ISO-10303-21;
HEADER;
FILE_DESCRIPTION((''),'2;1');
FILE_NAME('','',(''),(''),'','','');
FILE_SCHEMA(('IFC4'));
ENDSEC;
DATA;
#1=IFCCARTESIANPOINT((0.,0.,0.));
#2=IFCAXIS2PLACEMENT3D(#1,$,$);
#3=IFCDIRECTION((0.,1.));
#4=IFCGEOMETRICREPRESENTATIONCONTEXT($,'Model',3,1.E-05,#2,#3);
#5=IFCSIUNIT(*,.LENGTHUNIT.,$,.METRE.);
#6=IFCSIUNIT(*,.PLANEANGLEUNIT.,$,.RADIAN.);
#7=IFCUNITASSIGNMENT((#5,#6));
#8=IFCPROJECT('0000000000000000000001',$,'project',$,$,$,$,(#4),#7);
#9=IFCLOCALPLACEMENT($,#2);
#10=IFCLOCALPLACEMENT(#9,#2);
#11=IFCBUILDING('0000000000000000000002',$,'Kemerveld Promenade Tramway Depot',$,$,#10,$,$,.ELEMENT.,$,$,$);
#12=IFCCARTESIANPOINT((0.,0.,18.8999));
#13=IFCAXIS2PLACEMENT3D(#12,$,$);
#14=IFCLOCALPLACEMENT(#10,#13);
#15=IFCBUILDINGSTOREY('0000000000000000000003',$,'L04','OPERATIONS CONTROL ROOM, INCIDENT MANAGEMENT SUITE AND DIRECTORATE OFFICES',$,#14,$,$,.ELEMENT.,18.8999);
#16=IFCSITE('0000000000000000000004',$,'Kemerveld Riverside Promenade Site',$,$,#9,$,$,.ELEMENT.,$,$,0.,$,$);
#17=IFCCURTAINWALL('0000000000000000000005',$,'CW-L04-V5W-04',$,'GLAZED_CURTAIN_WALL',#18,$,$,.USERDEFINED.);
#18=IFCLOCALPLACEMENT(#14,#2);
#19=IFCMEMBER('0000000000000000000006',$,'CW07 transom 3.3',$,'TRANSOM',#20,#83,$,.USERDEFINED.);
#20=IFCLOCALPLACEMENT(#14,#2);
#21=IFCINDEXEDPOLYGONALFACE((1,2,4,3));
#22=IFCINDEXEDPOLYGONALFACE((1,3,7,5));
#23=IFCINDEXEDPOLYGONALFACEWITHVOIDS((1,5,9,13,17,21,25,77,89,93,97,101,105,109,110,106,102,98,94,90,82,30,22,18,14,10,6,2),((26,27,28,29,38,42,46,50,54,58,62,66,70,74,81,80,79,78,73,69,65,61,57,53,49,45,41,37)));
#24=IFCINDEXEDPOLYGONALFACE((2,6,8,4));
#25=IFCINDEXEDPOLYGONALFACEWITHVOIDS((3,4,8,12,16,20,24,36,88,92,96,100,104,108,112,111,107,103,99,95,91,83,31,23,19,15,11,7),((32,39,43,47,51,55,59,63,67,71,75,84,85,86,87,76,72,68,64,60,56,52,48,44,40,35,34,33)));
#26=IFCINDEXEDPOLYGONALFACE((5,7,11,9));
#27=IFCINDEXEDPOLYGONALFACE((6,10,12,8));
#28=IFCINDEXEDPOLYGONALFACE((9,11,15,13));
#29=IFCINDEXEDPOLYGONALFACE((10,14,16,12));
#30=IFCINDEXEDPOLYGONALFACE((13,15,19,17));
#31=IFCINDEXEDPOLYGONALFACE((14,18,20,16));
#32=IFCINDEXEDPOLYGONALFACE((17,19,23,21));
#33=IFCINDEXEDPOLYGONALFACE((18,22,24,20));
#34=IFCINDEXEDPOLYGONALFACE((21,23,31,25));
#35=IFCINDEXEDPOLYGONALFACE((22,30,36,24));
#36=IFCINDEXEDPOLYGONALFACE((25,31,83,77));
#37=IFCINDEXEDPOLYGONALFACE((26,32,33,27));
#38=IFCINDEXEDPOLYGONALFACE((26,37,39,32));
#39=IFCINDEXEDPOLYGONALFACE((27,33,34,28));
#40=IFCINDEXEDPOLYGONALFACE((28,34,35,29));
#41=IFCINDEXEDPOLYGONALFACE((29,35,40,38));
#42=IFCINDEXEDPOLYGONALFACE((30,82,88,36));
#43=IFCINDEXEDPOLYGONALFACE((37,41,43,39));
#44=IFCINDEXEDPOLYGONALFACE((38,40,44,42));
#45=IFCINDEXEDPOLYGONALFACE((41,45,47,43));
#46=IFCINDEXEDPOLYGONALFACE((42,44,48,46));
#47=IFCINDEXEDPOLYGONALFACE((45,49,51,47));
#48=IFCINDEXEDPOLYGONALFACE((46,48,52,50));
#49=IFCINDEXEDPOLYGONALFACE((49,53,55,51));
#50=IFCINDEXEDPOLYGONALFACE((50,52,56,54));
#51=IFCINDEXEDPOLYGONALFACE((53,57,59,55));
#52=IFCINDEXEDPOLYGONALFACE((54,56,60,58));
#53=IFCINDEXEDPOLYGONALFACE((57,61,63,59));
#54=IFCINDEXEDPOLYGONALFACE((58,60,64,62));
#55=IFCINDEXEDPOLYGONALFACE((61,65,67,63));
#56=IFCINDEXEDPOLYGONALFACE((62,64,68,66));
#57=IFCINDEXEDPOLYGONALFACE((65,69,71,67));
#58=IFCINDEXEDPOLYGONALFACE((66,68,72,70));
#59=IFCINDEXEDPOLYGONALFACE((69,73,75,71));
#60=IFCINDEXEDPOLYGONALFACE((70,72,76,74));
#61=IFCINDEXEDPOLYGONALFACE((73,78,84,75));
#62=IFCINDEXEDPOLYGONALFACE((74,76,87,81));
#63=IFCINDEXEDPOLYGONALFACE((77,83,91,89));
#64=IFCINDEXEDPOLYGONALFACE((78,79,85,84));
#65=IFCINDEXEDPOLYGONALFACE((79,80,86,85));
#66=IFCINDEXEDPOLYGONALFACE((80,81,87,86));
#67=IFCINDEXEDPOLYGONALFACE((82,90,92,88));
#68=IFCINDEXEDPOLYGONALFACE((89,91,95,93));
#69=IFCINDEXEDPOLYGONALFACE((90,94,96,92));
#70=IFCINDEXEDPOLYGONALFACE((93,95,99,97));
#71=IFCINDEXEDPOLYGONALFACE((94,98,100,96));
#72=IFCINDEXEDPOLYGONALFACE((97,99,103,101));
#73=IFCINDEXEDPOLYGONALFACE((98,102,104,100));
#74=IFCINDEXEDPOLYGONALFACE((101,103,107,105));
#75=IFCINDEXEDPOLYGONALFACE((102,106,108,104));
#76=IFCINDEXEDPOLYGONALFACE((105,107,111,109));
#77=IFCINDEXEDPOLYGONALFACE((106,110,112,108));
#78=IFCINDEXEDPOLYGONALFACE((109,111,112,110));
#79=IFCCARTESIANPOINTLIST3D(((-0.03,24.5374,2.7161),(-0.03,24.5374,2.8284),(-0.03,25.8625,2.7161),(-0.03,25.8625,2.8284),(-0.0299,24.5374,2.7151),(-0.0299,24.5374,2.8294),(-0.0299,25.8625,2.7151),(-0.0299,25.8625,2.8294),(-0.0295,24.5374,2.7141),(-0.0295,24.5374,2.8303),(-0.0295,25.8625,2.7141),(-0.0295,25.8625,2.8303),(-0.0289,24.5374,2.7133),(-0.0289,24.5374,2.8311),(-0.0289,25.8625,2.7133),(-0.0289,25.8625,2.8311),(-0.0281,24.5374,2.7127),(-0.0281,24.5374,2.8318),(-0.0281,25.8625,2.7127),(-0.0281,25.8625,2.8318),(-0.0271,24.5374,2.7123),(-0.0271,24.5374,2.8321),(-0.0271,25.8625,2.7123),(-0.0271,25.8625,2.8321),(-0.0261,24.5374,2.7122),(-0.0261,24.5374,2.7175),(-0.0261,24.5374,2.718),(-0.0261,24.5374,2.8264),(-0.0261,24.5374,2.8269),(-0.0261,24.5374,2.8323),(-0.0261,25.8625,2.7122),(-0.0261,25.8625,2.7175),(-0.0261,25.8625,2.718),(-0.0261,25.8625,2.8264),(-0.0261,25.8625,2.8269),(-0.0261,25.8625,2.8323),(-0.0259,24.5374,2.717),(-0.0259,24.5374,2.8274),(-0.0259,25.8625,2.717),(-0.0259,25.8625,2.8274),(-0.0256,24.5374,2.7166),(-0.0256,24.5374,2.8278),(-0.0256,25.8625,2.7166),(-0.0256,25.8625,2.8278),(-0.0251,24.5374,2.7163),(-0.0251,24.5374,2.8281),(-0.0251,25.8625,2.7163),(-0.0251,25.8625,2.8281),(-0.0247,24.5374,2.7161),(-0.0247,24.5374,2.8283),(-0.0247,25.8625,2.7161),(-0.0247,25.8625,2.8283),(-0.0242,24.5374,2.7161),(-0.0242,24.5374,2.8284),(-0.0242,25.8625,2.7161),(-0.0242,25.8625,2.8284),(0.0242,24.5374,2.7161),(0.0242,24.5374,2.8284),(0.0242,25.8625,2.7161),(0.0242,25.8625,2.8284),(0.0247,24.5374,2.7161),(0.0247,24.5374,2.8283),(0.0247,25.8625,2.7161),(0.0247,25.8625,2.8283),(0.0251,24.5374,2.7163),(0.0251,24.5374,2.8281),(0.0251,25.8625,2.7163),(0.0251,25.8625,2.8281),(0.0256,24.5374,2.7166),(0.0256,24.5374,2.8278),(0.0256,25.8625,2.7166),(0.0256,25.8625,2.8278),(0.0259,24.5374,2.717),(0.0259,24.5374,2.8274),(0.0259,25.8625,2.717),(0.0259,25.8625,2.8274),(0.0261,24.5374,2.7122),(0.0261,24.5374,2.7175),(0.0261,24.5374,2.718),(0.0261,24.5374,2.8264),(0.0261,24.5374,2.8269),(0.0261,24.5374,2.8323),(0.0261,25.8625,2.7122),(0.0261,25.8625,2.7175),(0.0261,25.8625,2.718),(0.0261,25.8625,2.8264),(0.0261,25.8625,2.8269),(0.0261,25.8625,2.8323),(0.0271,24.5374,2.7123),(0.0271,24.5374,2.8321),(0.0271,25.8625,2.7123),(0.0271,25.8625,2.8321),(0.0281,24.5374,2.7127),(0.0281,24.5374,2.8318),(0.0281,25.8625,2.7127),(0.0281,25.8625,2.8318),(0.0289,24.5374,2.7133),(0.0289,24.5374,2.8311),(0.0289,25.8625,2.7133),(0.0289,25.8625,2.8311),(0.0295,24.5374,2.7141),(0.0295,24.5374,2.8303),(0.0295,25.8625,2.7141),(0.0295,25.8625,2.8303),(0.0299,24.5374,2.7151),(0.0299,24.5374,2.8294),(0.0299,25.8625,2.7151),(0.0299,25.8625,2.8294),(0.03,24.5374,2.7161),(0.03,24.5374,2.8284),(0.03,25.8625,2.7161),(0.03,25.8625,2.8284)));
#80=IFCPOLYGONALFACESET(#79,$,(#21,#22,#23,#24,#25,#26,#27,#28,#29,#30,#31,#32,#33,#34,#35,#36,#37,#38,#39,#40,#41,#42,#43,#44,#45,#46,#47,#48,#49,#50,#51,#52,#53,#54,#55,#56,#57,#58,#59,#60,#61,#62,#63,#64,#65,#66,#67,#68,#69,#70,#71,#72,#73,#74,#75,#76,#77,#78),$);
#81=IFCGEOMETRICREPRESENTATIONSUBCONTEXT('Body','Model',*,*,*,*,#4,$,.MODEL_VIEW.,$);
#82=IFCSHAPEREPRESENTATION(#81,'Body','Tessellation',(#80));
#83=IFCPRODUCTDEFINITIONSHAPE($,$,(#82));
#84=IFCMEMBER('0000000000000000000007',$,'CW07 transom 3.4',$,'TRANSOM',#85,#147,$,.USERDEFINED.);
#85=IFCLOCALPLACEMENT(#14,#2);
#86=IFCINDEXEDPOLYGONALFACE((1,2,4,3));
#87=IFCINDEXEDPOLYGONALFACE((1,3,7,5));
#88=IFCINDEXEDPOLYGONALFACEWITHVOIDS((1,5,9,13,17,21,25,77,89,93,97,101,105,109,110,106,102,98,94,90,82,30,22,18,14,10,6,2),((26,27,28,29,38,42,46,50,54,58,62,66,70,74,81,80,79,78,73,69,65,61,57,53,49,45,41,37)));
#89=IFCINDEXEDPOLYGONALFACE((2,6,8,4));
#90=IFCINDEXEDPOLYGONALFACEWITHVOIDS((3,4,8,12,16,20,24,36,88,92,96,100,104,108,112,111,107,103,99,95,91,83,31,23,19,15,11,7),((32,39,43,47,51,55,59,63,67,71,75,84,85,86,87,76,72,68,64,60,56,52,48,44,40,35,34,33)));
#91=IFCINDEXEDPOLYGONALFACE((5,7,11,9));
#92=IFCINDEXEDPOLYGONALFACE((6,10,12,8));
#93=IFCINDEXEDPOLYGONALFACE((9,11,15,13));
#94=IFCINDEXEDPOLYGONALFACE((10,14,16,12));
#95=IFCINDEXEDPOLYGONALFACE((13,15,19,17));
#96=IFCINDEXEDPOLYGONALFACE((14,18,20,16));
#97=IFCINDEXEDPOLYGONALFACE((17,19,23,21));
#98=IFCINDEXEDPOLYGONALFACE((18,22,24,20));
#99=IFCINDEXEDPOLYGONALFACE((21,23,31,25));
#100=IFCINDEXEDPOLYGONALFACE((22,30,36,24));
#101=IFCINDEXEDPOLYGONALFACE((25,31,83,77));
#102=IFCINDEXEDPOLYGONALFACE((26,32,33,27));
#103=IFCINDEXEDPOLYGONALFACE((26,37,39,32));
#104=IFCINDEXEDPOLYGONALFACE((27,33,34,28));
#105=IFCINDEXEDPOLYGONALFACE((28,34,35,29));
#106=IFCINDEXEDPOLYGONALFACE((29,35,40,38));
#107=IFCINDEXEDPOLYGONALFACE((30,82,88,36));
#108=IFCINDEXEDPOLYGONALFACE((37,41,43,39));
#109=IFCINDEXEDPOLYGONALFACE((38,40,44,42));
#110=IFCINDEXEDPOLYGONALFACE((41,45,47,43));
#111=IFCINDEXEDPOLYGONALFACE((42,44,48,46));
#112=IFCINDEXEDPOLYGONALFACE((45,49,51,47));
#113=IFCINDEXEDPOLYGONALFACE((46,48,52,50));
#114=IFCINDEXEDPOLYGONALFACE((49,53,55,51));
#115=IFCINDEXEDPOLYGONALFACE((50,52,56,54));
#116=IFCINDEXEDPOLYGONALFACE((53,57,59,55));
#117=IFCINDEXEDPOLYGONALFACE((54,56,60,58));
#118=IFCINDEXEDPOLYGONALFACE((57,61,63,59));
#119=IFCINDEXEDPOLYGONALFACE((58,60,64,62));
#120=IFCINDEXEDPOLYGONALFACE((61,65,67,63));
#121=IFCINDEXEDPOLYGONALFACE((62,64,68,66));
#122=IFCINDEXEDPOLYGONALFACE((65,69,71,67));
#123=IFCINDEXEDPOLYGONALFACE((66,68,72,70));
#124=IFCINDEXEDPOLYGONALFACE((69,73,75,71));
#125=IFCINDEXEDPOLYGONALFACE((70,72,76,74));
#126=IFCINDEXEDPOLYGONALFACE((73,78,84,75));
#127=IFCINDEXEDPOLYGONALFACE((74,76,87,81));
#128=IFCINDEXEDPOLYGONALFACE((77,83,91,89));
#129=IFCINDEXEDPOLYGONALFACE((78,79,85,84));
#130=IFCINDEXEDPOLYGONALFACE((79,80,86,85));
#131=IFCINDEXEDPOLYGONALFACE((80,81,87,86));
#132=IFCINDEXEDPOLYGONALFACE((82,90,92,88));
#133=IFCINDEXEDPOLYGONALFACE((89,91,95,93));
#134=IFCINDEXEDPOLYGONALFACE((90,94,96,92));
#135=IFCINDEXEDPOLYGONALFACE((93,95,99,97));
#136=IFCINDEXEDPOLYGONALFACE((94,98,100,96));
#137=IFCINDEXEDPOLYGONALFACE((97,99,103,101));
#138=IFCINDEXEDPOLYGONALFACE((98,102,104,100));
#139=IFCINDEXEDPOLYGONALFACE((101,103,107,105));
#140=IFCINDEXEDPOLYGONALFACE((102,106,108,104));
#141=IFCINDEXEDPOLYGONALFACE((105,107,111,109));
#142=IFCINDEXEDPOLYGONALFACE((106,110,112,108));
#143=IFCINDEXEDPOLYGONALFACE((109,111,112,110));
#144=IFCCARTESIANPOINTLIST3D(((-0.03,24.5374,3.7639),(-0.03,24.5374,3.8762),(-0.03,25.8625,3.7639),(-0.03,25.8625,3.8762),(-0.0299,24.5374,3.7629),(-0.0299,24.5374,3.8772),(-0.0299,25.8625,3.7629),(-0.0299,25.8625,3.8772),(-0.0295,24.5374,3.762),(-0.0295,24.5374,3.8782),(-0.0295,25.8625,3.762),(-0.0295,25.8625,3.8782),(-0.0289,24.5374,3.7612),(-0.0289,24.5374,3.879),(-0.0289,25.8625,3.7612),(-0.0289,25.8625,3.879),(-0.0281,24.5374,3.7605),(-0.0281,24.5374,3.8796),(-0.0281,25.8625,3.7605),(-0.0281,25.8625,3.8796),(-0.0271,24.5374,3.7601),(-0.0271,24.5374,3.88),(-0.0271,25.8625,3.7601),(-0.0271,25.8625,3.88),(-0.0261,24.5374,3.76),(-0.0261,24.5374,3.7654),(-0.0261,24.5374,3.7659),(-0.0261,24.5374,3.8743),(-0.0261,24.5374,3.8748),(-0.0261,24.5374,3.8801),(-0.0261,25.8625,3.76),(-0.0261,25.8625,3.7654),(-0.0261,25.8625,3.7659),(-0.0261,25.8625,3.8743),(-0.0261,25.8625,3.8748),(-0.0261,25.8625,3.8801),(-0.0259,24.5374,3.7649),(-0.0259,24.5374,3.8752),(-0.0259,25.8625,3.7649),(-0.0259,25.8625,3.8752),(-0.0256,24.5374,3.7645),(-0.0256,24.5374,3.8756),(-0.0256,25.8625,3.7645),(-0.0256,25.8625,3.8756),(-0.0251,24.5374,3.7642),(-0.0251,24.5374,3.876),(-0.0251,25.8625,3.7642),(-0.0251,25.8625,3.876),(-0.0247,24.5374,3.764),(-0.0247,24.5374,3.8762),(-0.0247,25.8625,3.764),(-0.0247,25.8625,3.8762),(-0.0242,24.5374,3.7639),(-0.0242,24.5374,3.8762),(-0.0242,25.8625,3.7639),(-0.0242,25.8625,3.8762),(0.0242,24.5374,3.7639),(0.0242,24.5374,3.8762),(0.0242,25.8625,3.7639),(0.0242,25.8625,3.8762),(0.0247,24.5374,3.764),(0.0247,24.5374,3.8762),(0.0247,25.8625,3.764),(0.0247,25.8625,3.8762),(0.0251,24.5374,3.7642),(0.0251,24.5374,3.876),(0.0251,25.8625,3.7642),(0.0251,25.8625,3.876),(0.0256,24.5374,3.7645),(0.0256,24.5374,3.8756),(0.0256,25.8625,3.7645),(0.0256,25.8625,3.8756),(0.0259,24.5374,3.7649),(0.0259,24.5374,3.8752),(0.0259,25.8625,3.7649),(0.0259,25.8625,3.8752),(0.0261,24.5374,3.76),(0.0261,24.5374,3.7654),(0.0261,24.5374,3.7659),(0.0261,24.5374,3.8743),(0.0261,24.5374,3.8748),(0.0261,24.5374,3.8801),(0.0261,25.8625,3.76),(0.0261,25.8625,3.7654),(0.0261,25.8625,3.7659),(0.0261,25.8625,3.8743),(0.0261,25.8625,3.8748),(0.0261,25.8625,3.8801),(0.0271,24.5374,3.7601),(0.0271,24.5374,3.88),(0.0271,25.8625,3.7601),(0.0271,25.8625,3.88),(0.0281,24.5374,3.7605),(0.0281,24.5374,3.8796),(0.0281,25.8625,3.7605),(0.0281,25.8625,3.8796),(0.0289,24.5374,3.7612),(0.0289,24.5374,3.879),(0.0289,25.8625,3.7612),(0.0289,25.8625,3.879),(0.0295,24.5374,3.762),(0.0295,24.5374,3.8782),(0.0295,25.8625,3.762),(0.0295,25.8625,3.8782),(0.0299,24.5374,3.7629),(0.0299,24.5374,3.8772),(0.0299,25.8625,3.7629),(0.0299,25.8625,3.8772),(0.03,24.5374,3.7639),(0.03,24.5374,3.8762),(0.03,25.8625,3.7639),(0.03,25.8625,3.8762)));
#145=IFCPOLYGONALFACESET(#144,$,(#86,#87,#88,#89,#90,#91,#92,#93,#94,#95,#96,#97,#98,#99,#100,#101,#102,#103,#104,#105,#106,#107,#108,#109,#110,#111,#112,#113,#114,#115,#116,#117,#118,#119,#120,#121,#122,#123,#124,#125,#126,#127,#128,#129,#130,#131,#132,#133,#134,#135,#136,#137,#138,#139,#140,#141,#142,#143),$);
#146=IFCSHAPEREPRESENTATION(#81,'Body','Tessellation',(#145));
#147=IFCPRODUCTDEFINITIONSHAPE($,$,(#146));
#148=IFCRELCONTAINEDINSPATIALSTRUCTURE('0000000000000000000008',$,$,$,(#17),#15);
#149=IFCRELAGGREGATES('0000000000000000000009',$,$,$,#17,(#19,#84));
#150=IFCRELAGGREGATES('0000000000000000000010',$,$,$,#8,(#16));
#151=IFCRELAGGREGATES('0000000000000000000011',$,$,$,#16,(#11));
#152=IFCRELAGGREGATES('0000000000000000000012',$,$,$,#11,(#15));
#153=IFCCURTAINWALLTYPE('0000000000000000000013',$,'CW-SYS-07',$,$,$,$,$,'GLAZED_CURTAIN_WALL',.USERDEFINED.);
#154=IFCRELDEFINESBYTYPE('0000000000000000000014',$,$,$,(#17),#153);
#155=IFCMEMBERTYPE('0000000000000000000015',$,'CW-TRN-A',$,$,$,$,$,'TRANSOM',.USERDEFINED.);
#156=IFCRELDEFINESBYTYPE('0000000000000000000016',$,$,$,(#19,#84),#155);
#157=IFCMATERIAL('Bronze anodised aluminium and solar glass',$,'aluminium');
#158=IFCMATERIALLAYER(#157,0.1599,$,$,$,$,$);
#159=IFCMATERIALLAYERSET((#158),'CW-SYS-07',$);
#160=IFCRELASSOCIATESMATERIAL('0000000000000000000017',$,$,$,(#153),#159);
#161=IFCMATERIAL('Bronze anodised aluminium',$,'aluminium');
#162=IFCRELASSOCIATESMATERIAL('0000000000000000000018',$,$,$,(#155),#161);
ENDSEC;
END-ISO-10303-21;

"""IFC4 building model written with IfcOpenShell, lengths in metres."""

from ifc_helpers import new_model, si_unit, direction, frame, origin, origin_2d, place, context, subcontext, project, spatial, hollow_rectangle, extrude, material, layer, layer_set, material_profile, profile_set, type_object, element, aggregate, save


model = new_model("IFC4")

# Units and contexts
model_context = context("Model", 3, precision=1e-05, world=origin(), true_north=direction((0.0, 1.0)))
body_context = subcontext(model_context, "Body", "Model", "MODEL_VIEW")
ifc_project = project(units=[si_unit("LENGTHUNIT", "METRE"), si_unit("PLANEANGLEUNIT", "RADIAN")], contexts=[model_context])

# Site, building, storey
site_placement = place(None, origin())
site = spatial("IfcSite", under=ifc_project, at=site_placement, Name="Kemerveld Riverside Promenade Site", CompositionType="ELEMENT", RefElevation=0.0)
building_placement = place(site_placement, origin())
building = spatial("IfcBuilding", under=site, at=building_placement, Name="Kemerveld Promenade Tramway Depot", CompositionType="ELEMENT")
storey_placement = place(building_placement, frame((0.0, 0.0, 18.8999)))
storey = spatial("IfcBuildingStorey", under=building, at=storey_placement, Name="L04", Description="OPERATIONS CONTROL ROOM, INCIDENT MANAGEMENT SUITE AND DIRECTORATE OFFICES", CompositionType="ELEMENT", Elevation=18.8999)

# Curtain wall, members
ifc_material_1 = material(Name="Bronze anodised aluminium and solar glass", Category="aluminium")
ifc_layer_1 = layer(ifc_material_1, 0.1599)
ifc_layer_set_1 = layer_set([ifc_layer_1], Name="CW-SYS-07")
curtain_wall_type = type_object("IfcCurtainWallType", Name="CW-SYS-07", ElementType="GLAZED_CURTAIN_WALL", PredefinedType="USERDEFINED", material=ifc_layer_set_1)
curtain_wall_placement = place(storey_placement, origin())
curtain_wall = element("IfcCurtainWall", 1, at=curtain_wall_placement, inside=storey, type_object=curtain_wall_type, Name="CW-L04-V5W-04", ObjectType="GLAZED_CURTAIN_WALL", PredefinedType="USERDEFINED")
ifc_material_2 = material(Name="Bronze anodised aluminium", Category="aluminium")
ifc_material_profile_1 = material_profile(ifc_material_2, hollow_rectangle(XDim=0.0601, YDim=0.1201, WallThickness=0.0039, InnerFilletRadius=0.002, OuterFilletRadius=0.0039, at=origin_2d()), Name="CW-TRN-120x60")
ifc_profile_set_1 = profile_set([ifc_material_profile_1], Name="Bronze anodised aluminium")
member_type_1 = type_object("IfcMemberType", Name="CW-TRN-A", ElementType="TRANSOM", PredefinedType="USERDEFINED", material=ifc_profile_set_1)
member_1_placement = place(storey_placement, frame((0.0, 24.5374, 2.7722), z_axis=(0.0, 1.0, 0.0), x_axis=(-1.0, 0.0, 0.0)))
member_1 = element("IfcMember", 2, at=member_1_placement, type_object=member_type_1, Name="CW07 transom 3.3", ObjectType="TRANSOM", PredefinedType="USERDEFINED", context=body_context, shape_type="SweptSolid", body=[
    extrude(hollow_rectangle(XDim=0.0601, YDim=0.1201, WallThickness=0.0039, InnerFilletRadius=0.002, OuterFilletRadius=0.0039, at=origin_2d()), origin(), (0.0, 0.0, 1.0), 1.3252),
])
member_2_placement = place(storey_placement, frame((0.0, 24.5374, 3.8201), z_axis=(0.0, 1.0, 0.0), x_axis=(-1.0, 0.0, 0.0)))
member_2 = element("IfcMember", 3, at=member_2_placement, type_object=member_type_1, Name="CW07 transom 3.4", ObjectType="TRANSOM", PredefinedType="USERDEFINED", context=body_context, shape_type="SweptSolid", body=[
    extrude(hollow_rectangle(XDim=0.0601, YDim=0.1201, WallThickness=0.0039, InnerFilletRadius=0.002, OuterFilletRadius=0.0039, at=origin_2d()), origin(), (0.0, 0.0, 1.0), 1.3252),
])
aggregate(curtain_wall, [member_1, member_2])

save(model, "model.ifc")
